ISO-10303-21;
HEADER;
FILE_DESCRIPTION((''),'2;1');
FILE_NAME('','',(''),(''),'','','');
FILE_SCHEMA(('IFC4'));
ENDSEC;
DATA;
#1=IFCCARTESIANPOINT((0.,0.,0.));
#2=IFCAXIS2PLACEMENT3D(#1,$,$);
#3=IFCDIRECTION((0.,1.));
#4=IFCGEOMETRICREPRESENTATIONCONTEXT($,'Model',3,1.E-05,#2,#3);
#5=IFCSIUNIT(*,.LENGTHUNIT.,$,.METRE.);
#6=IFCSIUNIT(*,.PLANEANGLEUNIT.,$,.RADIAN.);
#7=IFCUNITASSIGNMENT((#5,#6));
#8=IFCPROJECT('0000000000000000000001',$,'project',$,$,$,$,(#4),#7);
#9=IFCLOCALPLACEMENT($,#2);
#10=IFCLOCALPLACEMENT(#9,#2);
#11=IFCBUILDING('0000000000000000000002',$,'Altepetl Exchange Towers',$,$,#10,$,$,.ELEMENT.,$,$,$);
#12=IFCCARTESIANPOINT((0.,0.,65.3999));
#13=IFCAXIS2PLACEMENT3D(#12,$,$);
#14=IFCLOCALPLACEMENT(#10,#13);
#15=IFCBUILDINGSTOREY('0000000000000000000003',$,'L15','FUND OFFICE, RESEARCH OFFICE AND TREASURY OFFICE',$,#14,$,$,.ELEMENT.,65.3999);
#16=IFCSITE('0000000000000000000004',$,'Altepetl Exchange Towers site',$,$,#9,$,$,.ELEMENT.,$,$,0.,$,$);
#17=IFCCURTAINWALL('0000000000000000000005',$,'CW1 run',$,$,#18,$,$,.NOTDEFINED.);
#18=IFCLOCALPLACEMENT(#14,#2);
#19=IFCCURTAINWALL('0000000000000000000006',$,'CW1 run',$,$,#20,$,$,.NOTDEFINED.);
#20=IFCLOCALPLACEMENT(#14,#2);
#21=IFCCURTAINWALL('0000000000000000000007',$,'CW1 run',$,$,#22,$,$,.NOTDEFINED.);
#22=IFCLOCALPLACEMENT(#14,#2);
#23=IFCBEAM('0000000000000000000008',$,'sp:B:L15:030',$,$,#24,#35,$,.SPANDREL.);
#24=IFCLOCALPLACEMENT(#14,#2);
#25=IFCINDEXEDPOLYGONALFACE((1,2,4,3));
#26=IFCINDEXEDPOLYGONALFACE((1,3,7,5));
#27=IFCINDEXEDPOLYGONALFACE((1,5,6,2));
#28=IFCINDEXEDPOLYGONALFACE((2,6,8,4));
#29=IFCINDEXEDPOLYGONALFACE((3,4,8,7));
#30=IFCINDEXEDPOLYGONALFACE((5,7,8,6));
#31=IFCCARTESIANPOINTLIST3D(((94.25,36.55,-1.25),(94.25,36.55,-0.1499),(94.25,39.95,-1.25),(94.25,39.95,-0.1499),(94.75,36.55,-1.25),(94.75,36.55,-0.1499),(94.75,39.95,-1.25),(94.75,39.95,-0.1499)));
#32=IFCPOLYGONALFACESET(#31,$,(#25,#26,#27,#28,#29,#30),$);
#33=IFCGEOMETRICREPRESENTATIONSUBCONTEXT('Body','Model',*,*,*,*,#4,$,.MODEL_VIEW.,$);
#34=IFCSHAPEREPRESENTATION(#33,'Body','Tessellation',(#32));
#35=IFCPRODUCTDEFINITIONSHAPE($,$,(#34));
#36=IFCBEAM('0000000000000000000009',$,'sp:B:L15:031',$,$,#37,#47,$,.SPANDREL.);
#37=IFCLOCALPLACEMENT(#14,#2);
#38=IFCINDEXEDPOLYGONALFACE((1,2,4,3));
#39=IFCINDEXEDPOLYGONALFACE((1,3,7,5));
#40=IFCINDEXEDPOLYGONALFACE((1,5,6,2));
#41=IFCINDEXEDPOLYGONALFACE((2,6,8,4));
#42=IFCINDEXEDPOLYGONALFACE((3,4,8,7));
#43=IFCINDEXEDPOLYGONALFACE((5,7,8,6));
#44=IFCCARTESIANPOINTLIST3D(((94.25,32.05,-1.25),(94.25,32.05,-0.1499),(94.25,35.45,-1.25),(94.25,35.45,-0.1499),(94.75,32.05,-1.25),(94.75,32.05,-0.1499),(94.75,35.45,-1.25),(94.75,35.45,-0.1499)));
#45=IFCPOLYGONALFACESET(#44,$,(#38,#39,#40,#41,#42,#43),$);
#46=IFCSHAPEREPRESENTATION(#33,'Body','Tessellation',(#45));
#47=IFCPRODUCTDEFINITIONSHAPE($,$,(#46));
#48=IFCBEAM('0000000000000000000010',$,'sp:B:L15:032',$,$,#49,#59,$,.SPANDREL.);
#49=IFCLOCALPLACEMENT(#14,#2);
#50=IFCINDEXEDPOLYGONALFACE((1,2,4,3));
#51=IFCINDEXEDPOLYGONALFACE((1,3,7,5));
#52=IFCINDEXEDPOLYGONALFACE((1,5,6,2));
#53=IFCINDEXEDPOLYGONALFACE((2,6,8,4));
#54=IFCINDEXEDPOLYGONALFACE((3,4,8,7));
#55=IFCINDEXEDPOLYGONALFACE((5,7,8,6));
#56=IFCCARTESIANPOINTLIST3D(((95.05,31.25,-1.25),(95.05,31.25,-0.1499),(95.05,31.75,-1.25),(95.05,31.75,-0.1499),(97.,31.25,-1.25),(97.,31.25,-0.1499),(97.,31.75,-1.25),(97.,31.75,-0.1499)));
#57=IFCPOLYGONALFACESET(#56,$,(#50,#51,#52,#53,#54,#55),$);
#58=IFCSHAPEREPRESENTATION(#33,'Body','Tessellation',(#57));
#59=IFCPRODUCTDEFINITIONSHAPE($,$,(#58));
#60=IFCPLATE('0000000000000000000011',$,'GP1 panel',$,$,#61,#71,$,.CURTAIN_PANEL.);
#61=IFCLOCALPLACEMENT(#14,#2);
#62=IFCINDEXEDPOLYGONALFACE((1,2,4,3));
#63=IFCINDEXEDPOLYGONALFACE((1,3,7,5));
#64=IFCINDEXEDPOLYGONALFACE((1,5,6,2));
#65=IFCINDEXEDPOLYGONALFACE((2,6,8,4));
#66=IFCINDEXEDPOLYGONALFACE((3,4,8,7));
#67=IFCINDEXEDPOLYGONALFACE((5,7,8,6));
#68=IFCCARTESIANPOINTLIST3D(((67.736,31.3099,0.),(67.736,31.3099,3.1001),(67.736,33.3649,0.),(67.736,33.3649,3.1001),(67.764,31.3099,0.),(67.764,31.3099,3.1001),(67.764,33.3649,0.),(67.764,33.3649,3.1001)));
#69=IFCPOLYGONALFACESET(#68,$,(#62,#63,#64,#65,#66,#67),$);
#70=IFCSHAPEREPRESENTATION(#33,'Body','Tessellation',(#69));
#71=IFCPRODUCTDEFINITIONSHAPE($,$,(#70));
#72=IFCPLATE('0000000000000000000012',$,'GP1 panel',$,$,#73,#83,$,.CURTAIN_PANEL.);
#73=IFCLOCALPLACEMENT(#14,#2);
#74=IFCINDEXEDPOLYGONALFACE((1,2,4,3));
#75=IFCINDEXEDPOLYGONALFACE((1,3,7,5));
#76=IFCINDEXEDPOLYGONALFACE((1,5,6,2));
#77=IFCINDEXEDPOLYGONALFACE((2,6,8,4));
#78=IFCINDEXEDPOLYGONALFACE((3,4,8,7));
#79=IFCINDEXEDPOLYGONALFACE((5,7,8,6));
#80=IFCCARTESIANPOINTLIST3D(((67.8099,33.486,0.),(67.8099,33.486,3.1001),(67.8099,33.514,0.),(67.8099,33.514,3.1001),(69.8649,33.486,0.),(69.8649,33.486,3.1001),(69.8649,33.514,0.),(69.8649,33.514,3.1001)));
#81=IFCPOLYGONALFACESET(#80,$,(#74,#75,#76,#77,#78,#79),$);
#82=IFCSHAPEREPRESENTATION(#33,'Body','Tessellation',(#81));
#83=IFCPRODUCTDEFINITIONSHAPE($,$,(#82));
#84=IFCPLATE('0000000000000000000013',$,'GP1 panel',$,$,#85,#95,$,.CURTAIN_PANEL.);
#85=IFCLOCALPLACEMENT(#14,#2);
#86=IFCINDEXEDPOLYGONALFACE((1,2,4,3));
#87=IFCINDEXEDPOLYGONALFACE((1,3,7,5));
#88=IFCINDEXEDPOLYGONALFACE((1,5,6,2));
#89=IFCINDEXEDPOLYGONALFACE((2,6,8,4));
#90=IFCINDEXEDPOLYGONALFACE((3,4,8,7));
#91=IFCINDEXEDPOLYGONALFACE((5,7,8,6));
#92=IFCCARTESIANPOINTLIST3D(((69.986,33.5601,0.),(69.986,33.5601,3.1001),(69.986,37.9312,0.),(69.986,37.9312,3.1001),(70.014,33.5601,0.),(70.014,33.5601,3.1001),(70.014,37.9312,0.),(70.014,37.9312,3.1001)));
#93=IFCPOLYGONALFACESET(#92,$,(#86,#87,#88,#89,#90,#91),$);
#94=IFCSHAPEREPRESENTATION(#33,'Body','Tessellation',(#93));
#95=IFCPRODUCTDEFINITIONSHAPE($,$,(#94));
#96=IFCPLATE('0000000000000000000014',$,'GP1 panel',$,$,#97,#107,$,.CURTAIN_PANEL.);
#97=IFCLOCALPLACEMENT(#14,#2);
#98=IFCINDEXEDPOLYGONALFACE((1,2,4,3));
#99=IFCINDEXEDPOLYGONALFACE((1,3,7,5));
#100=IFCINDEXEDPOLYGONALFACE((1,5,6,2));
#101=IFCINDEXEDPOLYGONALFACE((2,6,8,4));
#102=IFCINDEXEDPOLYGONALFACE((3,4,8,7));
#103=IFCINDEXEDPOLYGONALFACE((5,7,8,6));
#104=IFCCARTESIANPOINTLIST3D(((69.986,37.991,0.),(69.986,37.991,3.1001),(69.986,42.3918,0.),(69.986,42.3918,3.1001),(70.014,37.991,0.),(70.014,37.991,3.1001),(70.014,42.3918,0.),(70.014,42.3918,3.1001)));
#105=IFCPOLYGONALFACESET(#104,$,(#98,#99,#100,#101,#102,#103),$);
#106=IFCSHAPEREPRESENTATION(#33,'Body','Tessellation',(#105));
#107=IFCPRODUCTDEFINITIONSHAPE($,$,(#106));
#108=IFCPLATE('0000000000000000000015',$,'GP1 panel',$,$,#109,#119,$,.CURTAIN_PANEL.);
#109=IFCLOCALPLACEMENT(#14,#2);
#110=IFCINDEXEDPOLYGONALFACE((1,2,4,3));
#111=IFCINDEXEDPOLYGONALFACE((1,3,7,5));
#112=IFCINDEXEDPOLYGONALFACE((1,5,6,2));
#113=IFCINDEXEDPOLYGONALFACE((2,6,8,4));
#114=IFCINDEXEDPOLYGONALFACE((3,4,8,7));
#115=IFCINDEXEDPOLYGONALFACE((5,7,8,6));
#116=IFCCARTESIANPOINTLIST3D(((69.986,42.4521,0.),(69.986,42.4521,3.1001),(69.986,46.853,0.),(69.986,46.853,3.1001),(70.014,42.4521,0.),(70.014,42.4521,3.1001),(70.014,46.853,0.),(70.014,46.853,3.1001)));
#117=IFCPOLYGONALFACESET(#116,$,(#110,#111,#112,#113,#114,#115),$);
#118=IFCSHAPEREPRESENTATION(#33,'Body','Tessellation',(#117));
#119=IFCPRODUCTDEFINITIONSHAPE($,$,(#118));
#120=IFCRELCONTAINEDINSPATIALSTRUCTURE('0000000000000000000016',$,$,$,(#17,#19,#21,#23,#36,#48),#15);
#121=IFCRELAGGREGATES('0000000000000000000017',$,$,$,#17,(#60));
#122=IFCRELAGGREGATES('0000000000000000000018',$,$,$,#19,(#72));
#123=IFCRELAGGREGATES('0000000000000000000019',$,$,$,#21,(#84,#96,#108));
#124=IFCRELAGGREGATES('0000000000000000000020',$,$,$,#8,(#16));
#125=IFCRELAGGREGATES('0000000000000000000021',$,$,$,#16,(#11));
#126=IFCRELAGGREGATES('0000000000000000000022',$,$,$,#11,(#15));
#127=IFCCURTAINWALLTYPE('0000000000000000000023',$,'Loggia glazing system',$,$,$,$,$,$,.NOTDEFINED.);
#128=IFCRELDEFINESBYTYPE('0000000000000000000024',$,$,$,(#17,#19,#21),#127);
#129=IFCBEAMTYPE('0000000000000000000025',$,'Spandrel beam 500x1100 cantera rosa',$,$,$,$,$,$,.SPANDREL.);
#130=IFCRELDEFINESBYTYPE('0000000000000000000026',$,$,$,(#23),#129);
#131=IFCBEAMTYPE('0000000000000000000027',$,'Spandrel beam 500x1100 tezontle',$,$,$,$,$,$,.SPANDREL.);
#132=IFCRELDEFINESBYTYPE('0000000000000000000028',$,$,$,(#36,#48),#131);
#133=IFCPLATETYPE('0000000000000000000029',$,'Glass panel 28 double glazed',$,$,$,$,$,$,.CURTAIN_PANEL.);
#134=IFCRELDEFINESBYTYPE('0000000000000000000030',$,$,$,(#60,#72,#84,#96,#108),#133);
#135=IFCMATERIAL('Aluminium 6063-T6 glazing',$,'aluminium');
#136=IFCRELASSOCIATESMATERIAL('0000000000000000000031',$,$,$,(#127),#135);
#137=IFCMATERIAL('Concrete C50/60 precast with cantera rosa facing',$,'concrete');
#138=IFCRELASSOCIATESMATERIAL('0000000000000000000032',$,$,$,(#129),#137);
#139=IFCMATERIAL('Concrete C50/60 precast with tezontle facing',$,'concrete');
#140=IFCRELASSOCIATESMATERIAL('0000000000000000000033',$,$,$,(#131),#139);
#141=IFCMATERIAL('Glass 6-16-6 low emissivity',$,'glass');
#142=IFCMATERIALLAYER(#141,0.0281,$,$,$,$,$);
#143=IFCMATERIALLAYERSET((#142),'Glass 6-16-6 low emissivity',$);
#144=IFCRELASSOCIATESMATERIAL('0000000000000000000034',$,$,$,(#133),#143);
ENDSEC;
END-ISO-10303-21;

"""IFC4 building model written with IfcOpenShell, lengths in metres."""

from ifc_helpers import new_model, si_unit, direction, frame, origin, origin_2d, place, context, subcontext, project, spatial, rectangle, extrude, material, layer, layer_set, material_profile, profile_set, type_object, element, aggregate, save


model = new_model("IFC4")

# Units and contexts
model_context = context("Model", 3, precision=1e-05, world=origin(), true_north=direction((0.0, 1.0)))
body_context = subcontext(model_context, "Body", "Model", "MODEL_VIEW")
ifc_project = project(units=[si_unit("LENGTHUNIT", "METRE"), si_unit("PLANEANGLEUNIT", "RADIAN")], contexts=[model_context])

# Site, building, storey
site_placement = place(None, origin())
site = spatial("IfcSite", under=ifc_project, at=site_placement, Name="Altepetl Exchange Towers site", CompositionType="ELEMENT", RefElevation=0.0)
building_placement = place(site_placement, origin())
building = spatial("IfcBuilding", under=site, at=building_placement, Name="Altepetl Exchange Towers", CompositionType="ELEMENT")
storey_placement = place(building_placement, frame((0.0, 0.0, 65.3999)))
storey = spatial("IfcBuildingStorey", under=building, at=storey_placement, Name="L15", Description="FUND OFFICE, RESEARCH OFFICE AND TREASURY OFFICE", CompositionType="ELEMENT", Elevation=65.3999)

# Shared definitions
ifc_material_1 = material(Name="Aluminium 6063-T6 glazing", Category="aluminium")
curtain_wall_type = type_object("IfcCurtainWallType", Name="Loggia glazing system", PredefinedType="NOTDEFINED", material=ifc_material_1)

# Curtain walls
curtain_wall_1_placement = place(storey_placement, origin())
curtain_wall_1 = element("IfcCurtainWall", 1, at=curtain_wall_1_placement, inside=storey, type_object=curtain_wall_type, Name="CW1 run", PredefinedType="NOTDEFINED")
curtain_wall_2_placement = place(storey_placement, origin())
curtain_wall_2 = element("IfcCurtainWall", 2, at=curtain_wall_2_placement, inside=storey, type_object=curtain_wall_type, Name="CW1 run", PredefinedType="NOTDEFINED")
curtain_wall_3_placement = place(storey_placement, origin())
curtain_wall_3 = element("IfcCurtainWall", 3, at=curtain_wall_3_placement, inside=storey, type_object=curtain_wall_type, Name="CW1 run", PredefinedType="NOTDEFINED")

# Beams
ifc_material_2 = material(Name="Concrete C50/60 precast with cantera rosa facing", Category="concrete")
ifc_material_profile_1 = material_profile(ifc_material_2, rectangle(XDim=0.5, YDim=1.1001, at=origin_2d()), Name="500 x 1100")
ifc_profile_set_1 = profile_set([ifc_material_profile_1], Name="Concrete C50/60 precast with cantera rosa facing")
beam_type_1 = type_object("IfcBeamType", Name="Spandrel beam 500x1100 cantera rosa", PredefinedType="SPANDREL", material=ifc_profile_set_1)
for number, where, z_axis, x_axis, name in (
    (4, (94.5, 39.95, -0.7), (0.0, -1.0, 0.0), (1.0, 0.0, 0.0), "sp:B:L15:030"),
):
    element("IfcBeam", number, at=place(storey_placement, frame(where, z_axis=z_axis, x_axis=x_axis)), inside=storey, type_object=beam_type_1, Name=name, PredefinedType="SPANDREL", context=body_context, shape_type="SweptSolid", body=[
        extrude(rectangle(XDim=0.5, YDim=1.1001, at=origin_2d()), origin(), (0.0, 0.0, 1.0), 3.3999),
    ])
ifc_material_3 = material(Name="Concrete C50/60 precast with tezontle facing", Category="concrete")
ifc_material_profile_2 = material_profile(ifc_material_3, rectangle(XDim=0.5, YDim=1.1001, at=origin_2d()), Name="500 x 1100")
ifc_profile_set_2 = profile_set([ifc_material_profile_2], Name="Concrete C50/60 precast with tezontle facing")
beam_type_2 = type_object("IfcBeamType", Name="Spandrel beam 500x1100 tezontle", PredefinedType="SPANDREL", material=ifc_profile_set_2)
beam_1_placement = place(storey_placement, frame((94.5, 35.45, -0.7), z_axis=(0.0, -1.0, 0.0), x_axis=(1.0, 0.0, 0.0)))
element("IfcBeam", 5, at=beam_1_placement, inside=storey, type_object=beam_type_2, Name="sp:B:L15:031", PredefinedType="SPANDREL", context=body_context, shape_type="SweptSolid", body=[
    extrude(rectangle(XDim=0.5, YDim=1.1001, at=origin_2d()), origin(), (0.0, 0.0, 1.0), 3.3999),
])
beam_2_placement = place(storey_placement, frame((95.05, 31.5, -0.7), z_axis=(1.0, 0.0, 0.0), x_axis=(0.0, 1.0, 0.0)))
element("IfcBeam", 6, at=beam_2_placement, inside=storey, type_object=beam_type_2, Name="sp:B:L15:032", PredefinedType="SPANDREL", context=body_context, shape_type="SweptSolid", body=[
    extrude(rectangle(XDim=0.5, YDim=1.1001, at=origin_2d()), origin(), (0.0, 0.0, 1.0), 1.95),
])

# Plates
ifc_material_4 = material(Name="Glass 6-16-6 low emissivity", Category="glass")
ifc_layer = layer(ifc_material_4, 0.0281)
ifc_layer_set = layer_set([ifc_layer], Name="Glass 6-16-6 low emissivity")
plate_type = type_object("IfcPlateType", Name="Glass panel 28 double glazed", PredefinedType="CURTAIN_PANEL", material=ifc_layer_set)
plate_1_placement = place(storey_placement, frame((67.75, 32.3374, 0.0), z_axis=(0.0, 0.0, 1.0), x_axis=(0.0, 1.0, 0.0)))
plate_1 = element("IfcPlate", 7, at=plate_1_placement, type_object=plate_type, Name="GP1 panel", PredefinedType="CURTAIN_PANEL", context=body_context, shape_type="SweptSolid", body=[
    extrude(rectangle(XDim=2.0549, YDim=0.0281, at=origin_2d()), origin(), (0.0, 0.0, 1.0), 3.1001),
])
aggregate(curtain_wall_1, [plate_1])
plate_2_placement = place(storey_placement, frame((68.8374, 33.5, 0.0)))
plate_2 = element("IfcPlate", 8, at=plate_2_placement, type_object=plate_type, Name="GP1 panel", PredefinedType="CURTAIN_PANEL", context=body_context, shape_type="SweptSolid", body=[
    extrude(rectangle(XDim=2.0549, YDim=0.0281, at=origin_2d()), origin(), (0.0, 0.0, 1.0), 3.1001),
])
aggregate(curtain_wall_2, [plate_2])
plate_3_placement = place(storey_placement, frame((70.0, 35.7456, 0.0), z_axis=(0.0, 0.0, 1.0), x_axis=(0.0, 1.0, 0.0)))
plate_3 = element("IfcPlate", 9, at=plate_3_placement, type_object=plate_type, Name="GP1 panel", PredefinedType="CURTAIN_PANEL", context=body_context, shape_type="SweptSolid", body=[
    extrude(rectangle(XDim=4.3711, YDim=0.0281, at=origin_2d()), origin(), (0.0, 0.0, 1.0), 3.1001),
])
plate_4_placement = place(storey_placement, frame((70.0, 40.1914, 0.0), z_axis=(0.0, 0.0, 1.0), x_axis=(0.0, 1.0, 0.0)))
plate_4 = element("IfcPlate", 10, at=plate_4_placement, type_object=plate_type, Name="GP1 panel", PredefinedType="CURTAIN_PANEL", context=body_context, shape_type="SweptSolid", body=[
    extrude(rectangle(XDim=4.4009, YDim=0.0281, at=origin_2d()), origin(), (0.0, 0.0, 1.0), 3.1001),
])
plate_5_placement = place(storey_placement, frame((70.0, 44.6526, 0.0), z_axis=(0.0, 0.0, 1.0), x_axis=(0.0, 1.0, 0.0)))
plate_5 = element("IfcPlate", 11, at=plate_5_placement, type_object=plate_type, Name="GP1 panel", PredefinedType="CURTAIN_PANEL", context=body_context, shape_type="SweptSolid", body=[
    extrude(rectangle(XDim=4.4009, YDim=0.0281, at=origin_2d()), origin(), (0.0, 0.0, 1.0), 3.1001),
])
aggregate(curtain_wall_3, [plate_3, plate_4, plate_5])

save(model, "model.ifc")
